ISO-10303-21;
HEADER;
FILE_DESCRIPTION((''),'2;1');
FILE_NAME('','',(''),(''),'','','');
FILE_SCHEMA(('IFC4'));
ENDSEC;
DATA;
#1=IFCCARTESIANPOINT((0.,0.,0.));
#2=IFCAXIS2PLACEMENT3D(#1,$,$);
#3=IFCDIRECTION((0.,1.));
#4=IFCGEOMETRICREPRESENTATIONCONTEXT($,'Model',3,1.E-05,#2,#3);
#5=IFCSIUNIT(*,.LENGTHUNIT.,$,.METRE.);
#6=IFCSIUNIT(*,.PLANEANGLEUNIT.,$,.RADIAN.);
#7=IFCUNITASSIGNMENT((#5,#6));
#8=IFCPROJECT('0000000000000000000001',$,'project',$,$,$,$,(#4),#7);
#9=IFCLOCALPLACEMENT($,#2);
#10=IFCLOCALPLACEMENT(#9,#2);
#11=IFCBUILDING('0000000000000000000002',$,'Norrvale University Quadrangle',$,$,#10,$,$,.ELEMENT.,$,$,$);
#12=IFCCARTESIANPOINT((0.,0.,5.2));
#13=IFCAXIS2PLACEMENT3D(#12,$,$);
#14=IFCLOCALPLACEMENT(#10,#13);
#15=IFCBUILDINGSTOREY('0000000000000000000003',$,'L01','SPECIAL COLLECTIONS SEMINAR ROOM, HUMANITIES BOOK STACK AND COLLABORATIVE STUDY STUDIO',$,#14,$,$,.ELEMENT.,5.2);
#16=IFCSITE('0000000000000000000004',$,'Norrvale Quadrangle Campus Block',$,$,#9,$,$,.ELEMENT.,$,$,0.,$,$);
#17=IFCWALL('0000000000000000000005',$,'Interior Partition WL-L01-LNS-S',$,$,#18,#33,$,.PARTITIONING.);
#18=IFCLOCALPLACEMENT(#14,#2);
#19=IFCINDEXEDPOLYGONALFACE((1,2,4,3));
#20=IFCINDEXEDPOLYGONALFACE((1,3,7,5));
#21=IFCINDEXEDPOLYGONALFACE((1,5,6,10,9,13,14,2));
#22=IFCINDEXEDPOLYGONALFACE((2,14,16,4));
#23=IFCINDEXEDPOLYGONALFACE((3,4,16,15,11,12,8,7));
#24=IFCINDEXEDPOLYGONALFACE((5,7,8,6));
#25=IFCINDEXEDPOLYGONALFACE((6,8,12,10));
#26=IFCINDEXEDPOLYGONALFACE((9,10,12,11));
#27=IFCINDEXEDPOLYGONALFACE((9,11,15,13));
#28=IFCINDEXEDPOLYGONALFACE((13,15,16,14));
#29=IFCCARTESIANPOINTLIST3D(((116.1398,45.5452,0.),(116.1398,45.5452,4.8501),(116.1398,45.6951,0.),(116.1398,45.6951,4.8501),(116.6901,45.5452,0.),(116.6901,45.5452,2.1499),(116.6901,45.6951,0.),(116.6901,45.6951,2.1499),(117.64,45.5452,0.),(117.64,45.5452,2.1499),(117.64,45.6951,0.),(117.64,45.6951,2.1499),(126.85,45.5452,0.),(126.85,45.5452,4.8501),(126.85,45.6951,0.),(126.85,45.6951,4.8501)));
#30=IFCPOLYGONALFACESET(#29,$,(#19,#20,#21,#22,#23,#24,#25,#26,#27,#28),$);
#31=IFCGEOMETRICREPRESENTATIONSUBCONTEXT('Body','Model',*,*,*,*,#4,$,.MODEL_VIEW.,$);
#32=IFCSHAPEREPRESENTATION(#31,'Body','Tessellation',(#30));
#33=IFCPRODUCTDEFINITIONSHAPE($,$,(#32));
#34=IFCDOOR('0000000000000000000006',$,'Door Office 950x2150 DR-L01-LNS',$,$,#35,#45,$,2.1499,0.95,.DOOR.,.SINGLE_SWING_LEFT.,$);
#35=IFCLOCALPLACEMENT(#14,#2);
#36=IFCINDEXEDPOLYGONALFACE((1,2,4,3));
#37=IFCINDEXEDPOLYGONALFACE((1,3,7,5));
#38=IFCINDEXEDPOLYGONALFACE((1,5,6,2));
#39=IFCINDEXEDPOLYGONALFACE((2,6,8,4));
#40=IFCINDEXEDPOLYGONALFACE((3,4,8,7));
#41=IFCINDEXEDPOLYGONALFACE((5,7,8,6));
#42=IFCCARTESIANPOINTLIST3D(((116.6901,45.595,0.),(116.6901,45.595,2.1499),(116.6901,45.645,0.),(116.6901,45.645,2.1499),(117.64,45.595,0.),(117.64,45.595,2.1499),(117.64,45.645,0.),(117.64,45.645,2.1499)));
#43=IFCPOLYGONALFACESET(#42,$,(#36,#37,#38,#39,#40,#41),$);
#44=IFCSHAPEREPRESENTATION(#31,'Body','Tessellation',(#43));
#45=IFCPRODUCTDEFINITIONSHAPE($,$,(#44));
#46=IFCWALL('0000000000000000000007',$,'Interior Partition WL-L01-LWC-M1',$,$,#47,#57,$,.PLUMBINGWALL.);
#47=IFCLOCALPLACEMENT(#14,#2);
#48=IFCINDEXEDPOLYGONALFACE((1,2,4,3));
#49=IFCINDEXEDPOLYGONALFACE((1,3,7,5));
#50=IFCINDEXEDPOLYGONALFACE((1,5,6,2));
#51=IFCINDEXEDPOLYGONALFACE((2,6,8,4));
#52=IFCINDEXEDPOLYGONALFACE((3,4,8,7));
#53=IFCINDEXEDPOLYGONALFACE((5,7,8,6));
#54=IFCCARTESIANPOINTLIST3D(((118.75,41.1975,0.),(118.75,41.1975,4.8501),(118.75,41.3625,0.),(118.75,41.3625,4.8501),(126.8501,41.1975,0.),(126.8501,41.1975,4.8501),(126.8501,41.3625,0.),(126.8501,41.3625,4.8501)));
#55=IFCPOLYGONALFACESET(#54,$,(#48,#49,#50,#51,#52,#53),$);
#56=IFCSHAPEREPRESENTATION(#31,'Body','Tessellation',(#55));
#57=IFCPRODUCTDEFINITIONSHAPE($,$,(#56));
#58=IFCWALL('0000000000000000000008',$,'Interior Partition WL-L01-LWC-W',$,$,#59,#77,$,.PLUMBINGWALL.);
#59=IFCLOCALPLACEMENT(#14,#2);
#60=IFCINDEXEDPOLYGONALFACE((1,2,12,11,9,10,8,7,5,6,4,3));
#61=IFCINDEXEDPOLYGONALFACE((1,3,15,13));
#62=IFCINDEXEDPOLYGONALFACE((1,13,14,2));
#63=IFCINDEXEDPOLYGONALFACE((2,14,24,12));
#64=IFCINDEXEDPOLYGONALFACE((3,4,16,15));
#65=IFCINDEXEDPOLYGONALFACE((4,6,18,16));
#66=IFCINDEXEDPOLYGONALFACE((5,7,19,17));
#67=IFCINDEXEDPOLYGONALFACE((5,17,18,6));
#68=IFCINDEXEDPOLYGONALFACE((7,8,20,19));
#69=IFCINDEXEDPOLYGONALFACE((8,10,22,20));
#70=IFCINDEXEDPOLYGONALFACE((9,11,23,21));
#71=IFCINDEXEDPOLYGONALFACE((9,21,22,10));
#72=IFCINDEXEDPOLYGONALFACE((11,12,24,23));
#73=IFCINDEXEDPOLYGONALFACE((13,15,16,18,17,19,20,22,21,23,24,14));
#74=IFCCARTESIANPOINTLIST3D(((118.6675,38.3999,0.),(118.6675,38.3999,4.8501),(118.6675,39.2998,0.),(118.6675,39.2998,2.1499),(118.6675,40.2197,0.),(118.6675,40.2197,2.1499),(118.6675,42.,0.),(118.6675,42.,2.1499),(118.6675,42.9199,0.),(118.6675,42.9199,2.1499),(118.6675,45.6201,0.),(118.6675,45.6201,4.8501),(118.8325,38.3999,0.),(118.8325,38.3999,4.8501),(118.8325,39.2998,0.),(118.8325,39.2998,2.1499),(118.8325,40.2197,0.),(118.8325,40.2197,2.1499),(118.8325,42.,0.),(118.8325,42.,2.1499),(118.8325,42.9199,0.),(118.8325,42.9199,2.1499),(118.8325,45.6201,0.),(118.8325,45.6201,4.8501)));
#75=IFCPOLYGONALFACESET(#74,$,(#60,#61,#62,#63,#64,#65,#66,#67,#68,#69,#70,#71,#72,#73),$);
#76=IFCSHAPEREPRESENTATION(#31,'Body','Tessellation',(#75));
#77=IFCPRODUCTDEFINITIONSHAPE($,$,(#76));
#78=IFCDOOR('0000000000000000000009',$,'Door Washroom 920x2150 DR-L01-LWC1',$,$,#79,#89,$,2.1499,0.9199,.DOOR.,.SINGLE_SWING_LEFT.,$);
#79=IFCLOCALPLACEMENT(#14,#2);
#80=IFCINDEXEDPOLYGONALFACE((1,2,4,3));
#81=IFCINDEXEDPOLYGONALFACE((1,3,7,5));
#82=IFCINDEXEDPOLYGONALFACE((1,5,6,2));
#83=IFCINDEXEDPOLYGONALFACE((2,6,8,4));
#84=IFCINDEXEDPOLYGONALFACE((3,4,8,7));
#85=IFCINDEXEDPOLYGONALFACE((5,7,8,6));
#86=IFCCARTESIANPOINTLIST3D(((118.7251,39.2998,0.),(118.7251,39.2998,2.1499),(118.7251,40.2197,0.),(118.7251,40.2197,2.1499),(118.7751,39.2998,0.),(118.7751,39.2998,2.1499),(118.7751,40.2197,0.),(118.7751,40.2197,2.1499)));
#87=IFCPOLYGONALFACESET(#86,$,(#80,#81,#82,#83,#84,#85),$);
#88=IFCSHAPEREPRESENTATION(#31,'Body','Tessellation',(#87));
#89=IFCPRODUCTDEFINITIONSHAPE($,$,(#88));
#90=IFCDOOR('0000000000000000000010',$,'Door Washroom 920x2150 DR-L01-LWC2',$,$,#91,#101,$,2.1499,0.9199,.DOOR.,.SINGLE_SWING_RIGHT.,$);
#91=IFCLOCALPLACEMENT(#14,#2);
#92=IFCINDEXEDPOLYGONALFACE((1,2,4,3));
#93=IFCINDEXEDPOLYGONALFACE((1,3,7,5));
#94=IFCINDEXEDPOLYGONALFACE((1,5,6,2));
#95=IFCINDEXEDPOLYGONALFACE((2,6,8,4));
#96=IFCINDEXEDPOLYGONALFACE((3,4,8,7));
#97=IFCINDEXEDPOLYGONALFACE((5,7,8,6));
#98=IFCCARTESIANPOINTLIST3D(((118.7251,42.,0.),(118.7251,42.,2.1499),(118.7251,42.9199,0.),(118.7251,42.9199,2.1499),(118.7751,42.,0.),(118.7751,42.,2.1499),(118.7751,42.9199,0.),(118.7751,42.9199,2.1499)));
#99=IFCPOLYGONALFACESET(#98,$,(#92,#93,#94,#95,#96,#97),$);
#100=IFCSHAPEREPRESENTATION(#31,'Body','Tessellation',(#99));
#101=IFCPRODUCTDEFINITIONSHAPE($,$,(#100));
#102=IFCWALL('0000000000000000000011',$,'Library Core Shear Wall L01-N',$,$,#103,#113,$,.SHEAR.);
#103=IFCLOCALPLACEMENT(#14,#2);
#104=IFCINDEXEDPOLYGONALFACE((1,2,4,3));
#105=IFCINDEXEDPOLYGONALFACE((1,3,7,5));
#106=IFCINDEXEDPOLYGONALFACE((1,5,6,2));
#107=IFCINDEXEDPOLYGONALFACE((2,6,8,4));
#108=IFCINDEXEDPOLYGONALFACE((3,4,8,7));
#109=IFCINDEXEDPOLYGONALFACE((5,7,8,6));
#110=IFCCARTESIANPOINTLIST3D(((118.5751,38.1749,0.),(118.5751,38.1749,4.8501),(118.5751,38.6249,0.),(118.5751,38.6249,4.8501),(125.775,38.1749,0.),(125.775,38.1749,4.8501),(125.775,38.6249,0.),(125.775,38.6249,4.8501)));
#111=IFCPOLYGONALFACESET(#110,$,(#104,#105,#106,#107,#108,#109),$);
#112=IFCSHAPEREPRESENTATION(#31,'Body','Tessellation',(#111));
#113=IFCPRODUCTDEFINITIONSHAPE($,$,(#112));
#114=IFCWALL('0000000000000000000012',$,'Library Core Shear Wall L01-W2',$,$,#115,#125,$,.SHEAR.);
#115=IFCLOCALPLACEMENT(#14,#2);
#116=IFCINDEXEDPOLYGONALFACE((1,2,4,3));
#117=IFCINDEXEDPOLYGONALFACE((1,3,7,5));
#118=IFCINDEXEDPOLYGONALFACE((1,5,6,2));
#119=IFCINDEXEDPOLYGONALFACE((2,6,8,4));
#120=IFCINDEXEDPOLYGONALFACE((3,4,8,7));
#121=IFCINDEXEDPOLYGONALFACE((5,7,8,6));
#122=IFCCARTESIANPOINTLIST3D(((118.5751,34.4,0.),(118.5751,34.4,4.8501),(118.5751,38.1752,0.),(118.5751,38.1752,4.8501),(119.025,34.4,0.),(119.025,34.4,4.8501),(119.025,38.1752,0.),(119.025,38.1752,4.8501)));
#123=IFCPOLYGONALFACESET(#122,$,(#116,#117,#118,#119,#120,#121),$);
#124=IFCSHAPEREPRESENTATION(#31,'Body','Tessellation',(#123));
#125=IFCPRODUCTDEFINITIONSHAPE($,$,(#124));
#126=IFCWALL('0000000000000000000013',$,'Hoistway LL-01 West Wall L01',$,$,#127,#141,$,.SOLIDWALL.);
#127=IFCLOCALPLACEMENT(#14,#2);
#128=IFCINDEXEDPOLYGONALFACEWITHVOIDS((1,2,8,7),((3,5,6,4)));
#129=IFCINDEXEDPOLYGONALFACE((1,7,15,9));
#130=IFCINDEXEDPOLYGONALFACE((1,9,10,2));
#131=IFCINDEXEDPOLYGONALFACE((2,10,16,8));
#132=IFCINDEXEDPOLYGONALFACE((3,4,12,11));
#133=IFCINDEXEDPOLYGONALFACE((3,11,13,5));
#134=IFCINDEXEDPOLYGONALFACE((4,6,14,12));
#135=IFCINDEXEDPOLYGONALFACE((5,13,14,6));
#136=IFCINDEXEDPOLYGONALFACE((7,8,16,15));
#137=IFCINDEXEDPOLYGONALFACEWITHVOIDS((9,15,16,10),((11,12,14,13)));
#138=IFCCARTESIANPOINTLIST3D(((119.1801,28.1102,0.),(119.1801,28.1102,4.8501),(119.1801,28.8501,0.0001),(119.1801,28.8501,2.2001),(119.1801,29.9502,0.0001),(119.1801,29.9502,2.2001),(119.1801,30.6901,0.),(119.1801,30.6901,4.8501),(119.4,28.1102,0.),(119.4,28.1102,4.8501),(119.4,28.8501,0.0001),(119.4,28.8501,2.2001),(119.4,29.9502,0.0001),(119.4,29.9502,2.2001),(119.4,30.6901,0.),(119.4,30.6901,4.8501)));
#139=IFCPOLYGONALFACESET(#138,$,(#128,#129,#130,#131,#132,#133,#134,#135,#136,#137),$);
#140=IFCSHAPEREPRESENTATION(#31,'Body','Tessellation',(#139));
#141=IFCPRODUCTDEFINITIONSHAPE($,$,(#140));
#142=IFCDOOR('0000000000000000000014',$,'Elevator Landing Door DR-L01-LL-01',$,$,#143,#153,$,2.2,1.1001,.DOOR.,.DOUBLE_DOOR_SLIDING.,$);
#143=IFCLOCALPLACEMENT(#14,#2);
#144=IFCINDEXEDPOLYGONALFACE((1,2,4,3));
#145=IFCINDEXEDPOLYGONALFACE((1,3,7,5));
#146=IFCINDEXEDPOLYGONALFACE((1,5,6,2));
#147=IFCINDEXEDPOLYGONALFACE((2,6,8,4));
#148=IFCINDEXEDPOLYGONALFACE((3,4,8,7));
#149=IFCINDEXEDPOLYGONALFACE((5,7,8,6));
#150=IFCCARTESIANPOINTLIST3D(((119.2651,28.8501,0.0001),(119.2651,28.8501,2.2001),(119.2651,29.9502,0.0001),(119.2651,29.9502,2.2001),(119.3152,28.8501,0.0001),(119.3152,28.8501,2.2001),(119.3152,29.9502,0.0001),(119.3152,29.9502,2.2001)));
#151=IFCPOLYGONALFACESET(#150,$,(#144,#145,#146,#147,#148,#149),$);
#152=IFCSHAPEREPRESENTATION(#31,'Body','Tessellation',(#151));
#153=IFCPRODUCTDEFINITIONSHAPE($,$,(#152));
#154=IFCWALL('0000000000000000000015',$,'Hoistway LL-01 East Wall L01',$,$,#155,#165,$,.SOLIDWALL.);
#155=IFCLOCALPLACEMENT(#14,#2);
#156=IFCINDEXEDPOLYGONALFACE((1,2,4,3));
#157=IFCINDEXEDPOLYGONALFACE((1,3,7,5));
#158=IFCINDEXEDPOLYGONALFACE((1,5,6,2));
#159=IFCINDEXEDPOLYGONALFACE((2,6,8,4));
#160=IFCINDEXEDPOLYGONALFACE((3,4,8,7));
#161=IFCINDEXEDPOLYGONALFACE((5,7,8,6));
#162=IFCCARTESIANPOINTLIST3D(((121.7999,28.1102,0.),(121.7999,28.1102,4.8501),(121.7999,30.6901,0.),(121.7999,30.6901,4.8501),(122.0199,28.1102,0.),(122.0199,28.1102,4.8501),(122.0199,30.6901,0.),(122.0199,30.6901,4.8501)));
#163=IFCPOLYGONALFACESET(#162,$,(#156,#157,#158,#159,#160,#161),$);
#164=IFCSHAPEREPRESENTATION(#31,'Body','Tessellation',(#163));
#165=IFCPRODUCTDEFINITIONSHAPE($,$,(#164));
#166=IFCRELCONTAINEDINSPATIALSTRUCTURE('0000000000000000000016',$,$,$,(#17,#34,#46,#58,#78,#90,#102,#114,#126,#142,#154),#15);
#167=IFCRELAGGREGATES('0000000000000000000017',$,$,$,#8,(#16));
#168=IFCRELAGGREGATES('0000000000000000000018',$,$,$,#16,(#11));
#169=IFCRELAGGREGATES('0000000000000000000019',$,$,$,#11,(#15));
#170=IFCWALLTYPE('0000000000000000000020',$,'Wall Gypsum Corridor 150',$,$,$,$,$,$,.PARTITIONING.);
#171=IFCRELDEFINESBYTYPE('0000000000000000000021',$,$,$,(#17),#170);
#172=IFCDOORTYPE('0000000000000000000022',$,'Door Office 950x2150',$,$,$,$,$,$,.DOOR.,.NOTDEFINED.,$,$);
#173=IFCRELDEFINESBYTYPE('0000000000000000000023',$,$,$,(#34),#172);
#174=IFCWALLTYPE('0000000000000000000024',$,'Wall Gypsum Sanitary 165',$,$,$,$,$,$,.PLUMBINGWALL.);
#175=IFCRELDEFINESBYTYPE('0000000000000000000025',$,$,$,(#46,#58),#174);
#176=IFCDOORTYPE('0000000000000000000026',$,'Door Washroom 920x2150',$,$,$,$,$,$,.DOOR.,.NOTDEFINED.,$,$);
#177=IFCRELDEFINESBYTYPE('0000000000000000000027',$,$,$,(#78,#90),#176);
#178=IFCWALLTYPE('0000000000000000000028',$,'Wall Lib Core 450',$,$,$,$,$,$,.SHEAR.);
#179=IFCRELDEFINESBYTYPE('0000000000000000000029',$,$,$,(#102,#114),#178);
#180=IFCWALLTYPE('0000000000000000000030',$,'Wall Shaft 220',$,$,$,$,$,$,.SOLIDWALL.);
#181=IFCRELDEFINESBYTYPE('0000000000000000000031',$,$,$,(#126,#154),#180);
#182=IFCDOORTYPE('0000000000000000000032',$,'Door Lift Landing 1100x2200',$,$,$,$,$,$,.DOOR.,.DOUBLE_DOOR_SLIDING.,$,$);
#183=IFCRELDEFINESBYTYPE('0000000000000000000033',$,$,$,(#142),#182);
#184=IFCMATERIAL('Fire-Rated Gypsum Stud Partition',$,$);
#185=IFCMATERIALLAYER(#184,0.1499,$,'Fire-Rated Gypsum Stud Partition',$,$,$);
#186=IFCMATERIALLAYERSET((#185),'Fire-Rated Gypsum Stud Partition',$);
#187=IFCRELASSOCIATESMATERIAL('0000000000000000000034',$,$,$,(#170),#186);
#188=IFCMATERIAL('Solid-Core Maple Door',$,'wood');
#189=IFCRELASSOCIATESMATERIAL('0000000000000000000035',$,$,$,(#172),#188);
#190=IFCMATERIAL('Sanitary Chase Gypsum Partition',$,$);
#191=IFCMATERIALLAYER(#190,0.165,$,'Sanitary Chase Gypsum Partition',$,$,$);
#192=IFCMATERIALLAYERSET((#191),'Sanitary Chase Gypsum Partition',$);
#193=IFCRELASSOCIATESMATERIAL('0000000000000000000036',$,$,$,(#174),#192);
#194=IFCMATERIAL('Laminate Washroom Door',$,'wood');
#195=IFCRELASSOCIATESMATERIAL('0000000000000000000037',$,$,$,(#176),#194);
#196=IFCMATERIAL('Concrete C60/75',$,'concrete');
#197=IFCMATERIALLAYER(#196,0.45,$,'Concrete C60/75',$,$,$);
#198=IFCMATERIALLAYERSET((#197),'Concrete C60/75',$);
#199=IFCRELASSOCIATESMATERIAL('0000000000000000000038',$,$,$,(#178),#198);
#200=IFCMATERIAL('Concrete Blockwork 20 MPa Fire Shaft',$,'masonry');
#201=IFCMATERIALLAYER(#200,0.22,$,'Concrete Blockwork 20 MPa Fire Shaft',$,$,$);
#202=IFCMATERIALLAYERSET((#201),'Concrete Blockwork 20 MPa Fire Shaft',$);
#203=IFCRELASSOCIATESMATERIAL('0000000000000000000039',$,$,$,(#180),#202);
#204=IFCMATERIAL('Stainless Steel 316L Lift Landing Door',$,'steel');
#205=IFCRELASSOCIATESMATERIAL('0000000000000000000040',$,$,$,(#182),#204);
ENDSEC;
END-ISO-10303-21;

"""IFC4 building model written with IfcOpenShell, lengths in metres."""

from ifc_helpers import new_model, si_unit, direction, frame, frame_2d, origin, place, context, subcontext, project, spatial, rectangle, extrude, material, layer, layer_set, type_object, element, fill, save


model = new_model("IFC4")

# Units and contexts
model_context = context("Model", 3, precision=1e-05, world=origin(), true_north=direction((0.0, 1.0)))
body_context = subcontext(model_context, "Body", "Model", "MODEL_VIEW")
ifc_project = project(units=[si_unit("LENGTHUNIT", "METRE"), si_unit("PLANEANGLEUNIT", "RADIAN")], contexts=[model_context])

# Site, building, storey
site_placement = place(None, origin())
site = spatial("IfcSite", under=ifc_project, at=site_placement, Name="Norrvale Quadrangle Campus Block", CompositionType="ELEMENT", RefElevation=0.0)
building_placement = place(site_placement, origin())
building = spatial("IfcBuilding", under=site, at=building_placement, Name="Norrvale University Quadrangle", CompositionType="ELEMENT")
storey_placement = place(building_placement, frame((0.0, 0.0, 5.2)))
storey = spatial("IfcBuildingStorey", under=building, at=storey_placement, Name="L01", Description="SPECIAL COLLECTIONS SEMINAR ROOM, HUMANITIES BOOK STACK AND COLLABORATIVE STUDY STUDIO", CompositionType="ELEMENT", Elevation=5.2)

# Shared definitions
ifc_material_1 = material(Name="Concrete C60/75", Category="concrete")

# Wall, opening, door
ifc_material_2 = material(Name="Fire-Rated Gypsum Stud Partition")
ifc_layer_1 = layer(ifc_material_2, 0.1499, Name="Fire-Rated Gypsum Stud Partition")
ifc_layer_set_1 = layer_set([ifc_layer_1], Name="Fire-Rated Gypsum Stud Partition")
wall_type_1 = type_object("IfcWallType", Name="Wall Gypsum Corridor 150", PredefinedType="PARTITIONING", material=ifc_layer_set_1)
wall_1_placement = place(storey_placement, frame((116.1399, 45.6201, 0.0), z_axis=(0.0, 0.0, 1.0), x_axis=(1.0, 0.0, 0.0)))
wall_1 = element("IfcWall", 1, at=wall_1_placement, inside=storey, type_object=wall_type_1, Name="Interior Partition WL-L01-LNS-S", PredefinedType="PARTITIONING", context=body_context, shape_type="SweptSolid", body=[
    extrude(rectangle(XDim=10.7102, YDim=0.1499, at=frame_2d((5.355, 0.0))), origin(), (0.0, 0.0, 1.0), 4.8501),
])
opening_1_placement = place(wall_1_placement, frame((0.55, 0.0, 0.0)))
opening_1 = element("IfcOpeningElement", 2, at=opening_1_placement, cuts=wall_1, PredefinedType="OPENING", context=body_context, shape_type="SweptSolid", body=[
    extrude(rectangle(XDim=0.95, YDim=2.1499, at=frame_2d((0.4751, 1.075))), frame((0.0, 0.0869, 0.0), z_axis=(0.0, -1.0, 0.0), x_axis=(1.0, 0.0, 0.0)), (0.0, 0.0, 1.0), 0.1738),
])
ifc_material_3 = material(Name="Solid-Core Maple Door", Category="wood")
door_type_1 = type_object("IfcDoorType", Name="Door Office 950x2150", OperationType="NOTDEFINED", PredefinedType="DOOR", material=ifc_material_3)
door_1_placement = place(opening_1_placement, origin())
door_1 = element("IfcDoor", 3, at=door_1_placement, inside=storey, type_object=door_type_1, Name="Door Office 950x2150 DR-L01-LNS", OperationType="SINGLE_SWING_LEFT", OverallHeight=2.1499, OverallWidth=0.95, PredefinedType="DOOR", context=body_context, shape_type="SweptSolid", body=[
    extrude(rectangle(XDim=0.95, YDim=2.1499, at=frame_2d((0.4751, 1.075))), frame((0.0, 0.0249, 0.0), z_axis=(0.0, -1.0, 0.0), x_axis=(1.0, 0.0, 0.0)), (0.0, 0.0, 1.0), 0.05),
])
fill(opening_1, door_1)

# Wall
ifc_material_4 = material(Name="Sanitary Chase Gypsum Partition")
ifc_layer_2 = layer(ifc_material_4, 0.165, Name="Sanitary Chase Gypsum Partition")
ifc_layer_set_2 = layer_set([ifc_layer_2], Name="Sanitary Chase Gypsum Partition")
wall_type_2 = type_object("IfcWallType", Name="Wall Gypsum Sanitary 165", PredefinedType="PLUMBINGWALL", material=ifc_layer_set_2)
wall_2_placement = place(storey_placement, frame((118.75, 41.28, 0.0), z_axis=(0.0, 0.0, 1.0), x_axis=(1.0, 0.0, 0.0)))
element("IfcWall", 4, at=wall_2_placement, inside=storey, type_object=wall_type_2, Name="Interior Partition WL-L01-LWC-M1", PredefinedType="PLUMBINGWALL", context=body_context, shape_type="SweptSolid", body=[
    extrude(rectangle(XDim=8.1001, YDim=0.165, at=frame_2d((4.05, 0.0))), origin(), (0.0, 0.0, 1.0), 4.8501),
])

# Wall, openings, doors
wall_3_placement = place(storey_placement, frame((118.75, 38.3999, 0.0), z_axis=(0.0, 0.0, 1.0), x_axis=(0.0, 1.0, 0.0)))
wall_3 = element("IfcWall", 5, at=wall_3_placement, inside=storey, type_object=wall_type_2, Name="Interior Partition WL-L01-LWC-W", PredefinedType="PLUMBINGWALL", context=body_context, shape_type="SweptSolid", body=[
    extrude(rectangle(XDim=7.2202, YDim=0.165, at=frame_2d((3.6101, 0.0))), origin(), (0.0, 0.0, 1.0), 4.8501),
])
opening_2_placement = place(wall_3_placement, frame((0.8999, 0.0, 0.0)))
opening_2 = element("IfcOpeningElement", 6, at=opening_2_placement, cuts=wall_3, PredefinedType="OPENING", context=body_context, shape_type="SweptSolid", body=[
    extrude(rectangle(XDim=0.9199, YDim=2.1499, at=frame_2d((0.46, 1.075))), frame((0.0, 0.0945, 0.0), z_axis=(0.0, -1.0, 0.0), x_axis=(1.0, 0.0, 0.0)), (0.0, 0.0, 1.0), 0.189),
])
opening_3_placement = place(wall_3_placement, frame((3.6001, 0.0, 0.0)))
opening_3 = element("IfcOpeningElement", 7, at=opening_3_placement, cuts=wall_3, PredefinedType="OPENING", context=body_context, shape_type="SweptSolid", body=[
    extrude(rectangle(XDim=0.9199, YDim=2.1499, at=frame_2d((0.46, 1.075))), frame((0.0, 0.0945, 0.0), z_axis=(0.0, -1.0, 0.0), x_axis=(1.0, 0.0, 0.0)), (0.0, 0.0, 1.0), 0.189),
])
ifc_material_5 = material(Name="Laminate Washroom Door", Category="wood")
door_type_2 = type_object("IfcDoorType", Name="Door Washroom 920x2150", OperationType="NOTDEFINED", PredefinedType="DOOR", material=ifc_material_5)
door_2_placement = place(opening_2_placement, origin())
door_2 = element("IfcDoor", 8, at=door_2_placement, inside=storey, type_object=door_type_2, Name="Door Washroom 920x2150 DR-L01-LWC1", OperationType="SINGLE_SWING_LEFT", OverallHeight=2.1499, OverallWidth=0.9199, PredefinedType="DOOR", context=body_context, shape_type="SweptSolid", body=[
    extrude(rectangle(XDim=0.9199, YDim=2.1499, at=frame_2d((0.46, 1.075))), frame((0.0, 0.0249, 0.0), z_axis=(0.0, -1.0, 0.0), x_axis=(1.0, 0.0, 0.0)), (0.0, 0.0, 1.0), 0.05),
])
fill(opening_2, door_2)
door_3_placement = place(opening_3_placement, origin())
door_3 = element("IfcDoor", 9, at=door_3_placement, inside=storey, type_object=door_type_2, Name="Door Washroom 920x2150 DR-L01-LWC2", OperationType="SINGLE_SWING_RIGHT", OverallHeight=2.1499, OverallWidth=0.9199, PredefinedType="DOOR", context=body_context, shape_type="SweptSolid", body=[
    extrude(rectangle(XDim=0.9199, YDim=2.1499, at=frame_2d((0.46, 1.075))), frame((0.0, 0.0249, 0.0), z_axis=(0.0, -1.0, 0.0), x_axis=(1.0, 0.0, 0.0)), (0.0, 0.0, 1.0), 0.05),
])
fill(opening_3, door_3)

# Walls
ifc_layer_3 = layer(ifc_material_1, 0.45, Name="Concrete C60/75")
ifc_layer_set_3 = layer_set([ifc_layer_3], Name="Concrete C60/75")
wall_type_3 = type_object("IfcWallType", Name="Wall Lib Core 450", PredefinedType="SHEAR", material=ifc_layer_set_3)
wall_4_placement = place(storey_placement, frame((118.575, 38.3999, 0.0), z_axis=(0.0, 0.0, 1.0), x_axis=(1.0, 0.0, 0.0)))
element("IfcWall", 10, at=wall_4_placement, inside=storey, type_object=wall_type_3, Name="Library Core Shear Wall L01-N", PredefinedType="SHEAR", context=body_context, shape_type="SweptSolid", body=[
    extrude(rectangle(XDim=7.2, YDim=0.45, at=frame_2d((3.6001, 0.0))), origin(), (0.0, 0.0, 1.0), 4.8501),
])
wall_5_placement = place(storey_placement, frame((118.8, 34.3999, 0.0), z_axis=(0.0, 0.0, 1.0), x_axis=(0.0, 1.0, 0.0)))
element("IfcWall", 11, at=wall_5_placement, inside=storey, type_object=wall_type_3, Name="Library Core Shear Wall L01-W2", PredefinedType="SHEAR", context=body_context, shape_type="SweptSolid", body=[
    extrude(rectangle(XDim=3.7751, YDim=0.45, at=frame_2d((1.8877, 0.0))), origin(), (0.0, 0.0, 1.0), 4.8501),
])

# Wall, opening, door
ifc_material_6 = material(Name="Concrete Blockwork 20 MPa Fire Shaft", Category="masonry")
ifc_layer_4 = layer(ifc_material_6, 0.22, Name="Concrete Blockwork 20 MPa Fire Shaft")
ifc_layer_set_4 = layer_set([ifc_layer_4], Name="Concrete Blockwork 20 MPa Fire Shaft")
wall_type_4 = type_object("IfcWallType", Name="Wall Shaft 220", PredefinedType="SOLIDWALL", material=ifc_layer_set_4)
wall_6_placement = place(storey_placement, frame((119.29, 28.1101, 0.0), z_axis=(0.0, 0.0, 1.0), x_axis=(0.0, 1.0, 0.0)))
wall_6 = element("IfcWall", 12, at=wall_6_placement, inside=storey, type_object=wall_type_4, Name="Hoistway LL-01 West Wall L01", PredefinedType="SOLIDWALL", context=body_context, shape_type="SweptSolid", body=[
    extrude(rectangle(XDim=2.5798, YDim=0.22, at=frame_2d((1.29, 0.0))), origin(), (0.0, 0.0, 1.0), 4.8501),
])
opening_4_placement = place(wall_6_placement, frame((0.74, 0.0, 0.0)))
opening_4 = element("IfcOpeningElement", 13, at=opening_4_placement, cuts=wall_6, PredefinedType="OPENING", context=body_context, shape_type="SweptSolid", body=[
    extrude(rectangle(XDim=1.1001, YDim=2.2, at=frame_2d((0.55, 1.1001))), frame((0.0, 0.1221, 0.0), z_axis=(0.0, -1.0, 0.0), x_axis=(1.0, 0.0, 0.0)), (0.0, 0.0, 1.0), 0.2439),
])
ifc_material_7 = material(Name="Stainless Steel 316L Lift Landing Door", Category="steel")
door_type_3 = type_object("IfcDoorType", Name="Door Lift Landing 1100x2200", OperationType="DOUBLE_DOOR_SLIDING", PredefinedType="DOOR", material=ifc_material_7)
door_4_placement = place(opening_4_placement, origin())
door_4 = element("IfcDoor", 14, at=door_4_placement, inside=storey, type_object=door_type_3, Name="Elevator Landing Door DR-L01-LL-01", OperationType="DOUBLE_DOOR_SLIDING", OverallHeight=2.2, OverallWidth=1.1001, PredefinedType="DOOR", context=body_context, shape_type="SweptSolid", body=[
    extrude(rectangle(XDim=1.1001, YDim=2.2, at=frame_2d((0.55, 1.1001))), frame((0.0, 0.0249, 0.0), z_axis=(0.0, -1.0, 0.0), x_axis=(1.0, 0.0, 0.0)), (0.0, 0.0, 1.0), 0.05),
])
fill(opening_4, door_4)

# Wall
wall_7_placement = place(storey_placement, frame((121.9099, 28.1101, 0.0), z_axis=(0.0, 0.0, 1.0), x_axis=(0.0, 1.0, 0.0)))
element("IfcWall", 15, at=wall_7_placement, inside=storey, type_object=wall_type_4, Name="Hoistway LL-01 East Wall L01", PredefinedType="SOLIDWALL", context=body_context, shape_type="SweptSolid", body=[
    extrude(rectangle(XDim=2.5798, YDim=0.22, at=frame_2d((1.29, 0.0))), origin(), (0.0, 0.0, 1.0), 4.8501),
])

save(model, "model.ifc")
